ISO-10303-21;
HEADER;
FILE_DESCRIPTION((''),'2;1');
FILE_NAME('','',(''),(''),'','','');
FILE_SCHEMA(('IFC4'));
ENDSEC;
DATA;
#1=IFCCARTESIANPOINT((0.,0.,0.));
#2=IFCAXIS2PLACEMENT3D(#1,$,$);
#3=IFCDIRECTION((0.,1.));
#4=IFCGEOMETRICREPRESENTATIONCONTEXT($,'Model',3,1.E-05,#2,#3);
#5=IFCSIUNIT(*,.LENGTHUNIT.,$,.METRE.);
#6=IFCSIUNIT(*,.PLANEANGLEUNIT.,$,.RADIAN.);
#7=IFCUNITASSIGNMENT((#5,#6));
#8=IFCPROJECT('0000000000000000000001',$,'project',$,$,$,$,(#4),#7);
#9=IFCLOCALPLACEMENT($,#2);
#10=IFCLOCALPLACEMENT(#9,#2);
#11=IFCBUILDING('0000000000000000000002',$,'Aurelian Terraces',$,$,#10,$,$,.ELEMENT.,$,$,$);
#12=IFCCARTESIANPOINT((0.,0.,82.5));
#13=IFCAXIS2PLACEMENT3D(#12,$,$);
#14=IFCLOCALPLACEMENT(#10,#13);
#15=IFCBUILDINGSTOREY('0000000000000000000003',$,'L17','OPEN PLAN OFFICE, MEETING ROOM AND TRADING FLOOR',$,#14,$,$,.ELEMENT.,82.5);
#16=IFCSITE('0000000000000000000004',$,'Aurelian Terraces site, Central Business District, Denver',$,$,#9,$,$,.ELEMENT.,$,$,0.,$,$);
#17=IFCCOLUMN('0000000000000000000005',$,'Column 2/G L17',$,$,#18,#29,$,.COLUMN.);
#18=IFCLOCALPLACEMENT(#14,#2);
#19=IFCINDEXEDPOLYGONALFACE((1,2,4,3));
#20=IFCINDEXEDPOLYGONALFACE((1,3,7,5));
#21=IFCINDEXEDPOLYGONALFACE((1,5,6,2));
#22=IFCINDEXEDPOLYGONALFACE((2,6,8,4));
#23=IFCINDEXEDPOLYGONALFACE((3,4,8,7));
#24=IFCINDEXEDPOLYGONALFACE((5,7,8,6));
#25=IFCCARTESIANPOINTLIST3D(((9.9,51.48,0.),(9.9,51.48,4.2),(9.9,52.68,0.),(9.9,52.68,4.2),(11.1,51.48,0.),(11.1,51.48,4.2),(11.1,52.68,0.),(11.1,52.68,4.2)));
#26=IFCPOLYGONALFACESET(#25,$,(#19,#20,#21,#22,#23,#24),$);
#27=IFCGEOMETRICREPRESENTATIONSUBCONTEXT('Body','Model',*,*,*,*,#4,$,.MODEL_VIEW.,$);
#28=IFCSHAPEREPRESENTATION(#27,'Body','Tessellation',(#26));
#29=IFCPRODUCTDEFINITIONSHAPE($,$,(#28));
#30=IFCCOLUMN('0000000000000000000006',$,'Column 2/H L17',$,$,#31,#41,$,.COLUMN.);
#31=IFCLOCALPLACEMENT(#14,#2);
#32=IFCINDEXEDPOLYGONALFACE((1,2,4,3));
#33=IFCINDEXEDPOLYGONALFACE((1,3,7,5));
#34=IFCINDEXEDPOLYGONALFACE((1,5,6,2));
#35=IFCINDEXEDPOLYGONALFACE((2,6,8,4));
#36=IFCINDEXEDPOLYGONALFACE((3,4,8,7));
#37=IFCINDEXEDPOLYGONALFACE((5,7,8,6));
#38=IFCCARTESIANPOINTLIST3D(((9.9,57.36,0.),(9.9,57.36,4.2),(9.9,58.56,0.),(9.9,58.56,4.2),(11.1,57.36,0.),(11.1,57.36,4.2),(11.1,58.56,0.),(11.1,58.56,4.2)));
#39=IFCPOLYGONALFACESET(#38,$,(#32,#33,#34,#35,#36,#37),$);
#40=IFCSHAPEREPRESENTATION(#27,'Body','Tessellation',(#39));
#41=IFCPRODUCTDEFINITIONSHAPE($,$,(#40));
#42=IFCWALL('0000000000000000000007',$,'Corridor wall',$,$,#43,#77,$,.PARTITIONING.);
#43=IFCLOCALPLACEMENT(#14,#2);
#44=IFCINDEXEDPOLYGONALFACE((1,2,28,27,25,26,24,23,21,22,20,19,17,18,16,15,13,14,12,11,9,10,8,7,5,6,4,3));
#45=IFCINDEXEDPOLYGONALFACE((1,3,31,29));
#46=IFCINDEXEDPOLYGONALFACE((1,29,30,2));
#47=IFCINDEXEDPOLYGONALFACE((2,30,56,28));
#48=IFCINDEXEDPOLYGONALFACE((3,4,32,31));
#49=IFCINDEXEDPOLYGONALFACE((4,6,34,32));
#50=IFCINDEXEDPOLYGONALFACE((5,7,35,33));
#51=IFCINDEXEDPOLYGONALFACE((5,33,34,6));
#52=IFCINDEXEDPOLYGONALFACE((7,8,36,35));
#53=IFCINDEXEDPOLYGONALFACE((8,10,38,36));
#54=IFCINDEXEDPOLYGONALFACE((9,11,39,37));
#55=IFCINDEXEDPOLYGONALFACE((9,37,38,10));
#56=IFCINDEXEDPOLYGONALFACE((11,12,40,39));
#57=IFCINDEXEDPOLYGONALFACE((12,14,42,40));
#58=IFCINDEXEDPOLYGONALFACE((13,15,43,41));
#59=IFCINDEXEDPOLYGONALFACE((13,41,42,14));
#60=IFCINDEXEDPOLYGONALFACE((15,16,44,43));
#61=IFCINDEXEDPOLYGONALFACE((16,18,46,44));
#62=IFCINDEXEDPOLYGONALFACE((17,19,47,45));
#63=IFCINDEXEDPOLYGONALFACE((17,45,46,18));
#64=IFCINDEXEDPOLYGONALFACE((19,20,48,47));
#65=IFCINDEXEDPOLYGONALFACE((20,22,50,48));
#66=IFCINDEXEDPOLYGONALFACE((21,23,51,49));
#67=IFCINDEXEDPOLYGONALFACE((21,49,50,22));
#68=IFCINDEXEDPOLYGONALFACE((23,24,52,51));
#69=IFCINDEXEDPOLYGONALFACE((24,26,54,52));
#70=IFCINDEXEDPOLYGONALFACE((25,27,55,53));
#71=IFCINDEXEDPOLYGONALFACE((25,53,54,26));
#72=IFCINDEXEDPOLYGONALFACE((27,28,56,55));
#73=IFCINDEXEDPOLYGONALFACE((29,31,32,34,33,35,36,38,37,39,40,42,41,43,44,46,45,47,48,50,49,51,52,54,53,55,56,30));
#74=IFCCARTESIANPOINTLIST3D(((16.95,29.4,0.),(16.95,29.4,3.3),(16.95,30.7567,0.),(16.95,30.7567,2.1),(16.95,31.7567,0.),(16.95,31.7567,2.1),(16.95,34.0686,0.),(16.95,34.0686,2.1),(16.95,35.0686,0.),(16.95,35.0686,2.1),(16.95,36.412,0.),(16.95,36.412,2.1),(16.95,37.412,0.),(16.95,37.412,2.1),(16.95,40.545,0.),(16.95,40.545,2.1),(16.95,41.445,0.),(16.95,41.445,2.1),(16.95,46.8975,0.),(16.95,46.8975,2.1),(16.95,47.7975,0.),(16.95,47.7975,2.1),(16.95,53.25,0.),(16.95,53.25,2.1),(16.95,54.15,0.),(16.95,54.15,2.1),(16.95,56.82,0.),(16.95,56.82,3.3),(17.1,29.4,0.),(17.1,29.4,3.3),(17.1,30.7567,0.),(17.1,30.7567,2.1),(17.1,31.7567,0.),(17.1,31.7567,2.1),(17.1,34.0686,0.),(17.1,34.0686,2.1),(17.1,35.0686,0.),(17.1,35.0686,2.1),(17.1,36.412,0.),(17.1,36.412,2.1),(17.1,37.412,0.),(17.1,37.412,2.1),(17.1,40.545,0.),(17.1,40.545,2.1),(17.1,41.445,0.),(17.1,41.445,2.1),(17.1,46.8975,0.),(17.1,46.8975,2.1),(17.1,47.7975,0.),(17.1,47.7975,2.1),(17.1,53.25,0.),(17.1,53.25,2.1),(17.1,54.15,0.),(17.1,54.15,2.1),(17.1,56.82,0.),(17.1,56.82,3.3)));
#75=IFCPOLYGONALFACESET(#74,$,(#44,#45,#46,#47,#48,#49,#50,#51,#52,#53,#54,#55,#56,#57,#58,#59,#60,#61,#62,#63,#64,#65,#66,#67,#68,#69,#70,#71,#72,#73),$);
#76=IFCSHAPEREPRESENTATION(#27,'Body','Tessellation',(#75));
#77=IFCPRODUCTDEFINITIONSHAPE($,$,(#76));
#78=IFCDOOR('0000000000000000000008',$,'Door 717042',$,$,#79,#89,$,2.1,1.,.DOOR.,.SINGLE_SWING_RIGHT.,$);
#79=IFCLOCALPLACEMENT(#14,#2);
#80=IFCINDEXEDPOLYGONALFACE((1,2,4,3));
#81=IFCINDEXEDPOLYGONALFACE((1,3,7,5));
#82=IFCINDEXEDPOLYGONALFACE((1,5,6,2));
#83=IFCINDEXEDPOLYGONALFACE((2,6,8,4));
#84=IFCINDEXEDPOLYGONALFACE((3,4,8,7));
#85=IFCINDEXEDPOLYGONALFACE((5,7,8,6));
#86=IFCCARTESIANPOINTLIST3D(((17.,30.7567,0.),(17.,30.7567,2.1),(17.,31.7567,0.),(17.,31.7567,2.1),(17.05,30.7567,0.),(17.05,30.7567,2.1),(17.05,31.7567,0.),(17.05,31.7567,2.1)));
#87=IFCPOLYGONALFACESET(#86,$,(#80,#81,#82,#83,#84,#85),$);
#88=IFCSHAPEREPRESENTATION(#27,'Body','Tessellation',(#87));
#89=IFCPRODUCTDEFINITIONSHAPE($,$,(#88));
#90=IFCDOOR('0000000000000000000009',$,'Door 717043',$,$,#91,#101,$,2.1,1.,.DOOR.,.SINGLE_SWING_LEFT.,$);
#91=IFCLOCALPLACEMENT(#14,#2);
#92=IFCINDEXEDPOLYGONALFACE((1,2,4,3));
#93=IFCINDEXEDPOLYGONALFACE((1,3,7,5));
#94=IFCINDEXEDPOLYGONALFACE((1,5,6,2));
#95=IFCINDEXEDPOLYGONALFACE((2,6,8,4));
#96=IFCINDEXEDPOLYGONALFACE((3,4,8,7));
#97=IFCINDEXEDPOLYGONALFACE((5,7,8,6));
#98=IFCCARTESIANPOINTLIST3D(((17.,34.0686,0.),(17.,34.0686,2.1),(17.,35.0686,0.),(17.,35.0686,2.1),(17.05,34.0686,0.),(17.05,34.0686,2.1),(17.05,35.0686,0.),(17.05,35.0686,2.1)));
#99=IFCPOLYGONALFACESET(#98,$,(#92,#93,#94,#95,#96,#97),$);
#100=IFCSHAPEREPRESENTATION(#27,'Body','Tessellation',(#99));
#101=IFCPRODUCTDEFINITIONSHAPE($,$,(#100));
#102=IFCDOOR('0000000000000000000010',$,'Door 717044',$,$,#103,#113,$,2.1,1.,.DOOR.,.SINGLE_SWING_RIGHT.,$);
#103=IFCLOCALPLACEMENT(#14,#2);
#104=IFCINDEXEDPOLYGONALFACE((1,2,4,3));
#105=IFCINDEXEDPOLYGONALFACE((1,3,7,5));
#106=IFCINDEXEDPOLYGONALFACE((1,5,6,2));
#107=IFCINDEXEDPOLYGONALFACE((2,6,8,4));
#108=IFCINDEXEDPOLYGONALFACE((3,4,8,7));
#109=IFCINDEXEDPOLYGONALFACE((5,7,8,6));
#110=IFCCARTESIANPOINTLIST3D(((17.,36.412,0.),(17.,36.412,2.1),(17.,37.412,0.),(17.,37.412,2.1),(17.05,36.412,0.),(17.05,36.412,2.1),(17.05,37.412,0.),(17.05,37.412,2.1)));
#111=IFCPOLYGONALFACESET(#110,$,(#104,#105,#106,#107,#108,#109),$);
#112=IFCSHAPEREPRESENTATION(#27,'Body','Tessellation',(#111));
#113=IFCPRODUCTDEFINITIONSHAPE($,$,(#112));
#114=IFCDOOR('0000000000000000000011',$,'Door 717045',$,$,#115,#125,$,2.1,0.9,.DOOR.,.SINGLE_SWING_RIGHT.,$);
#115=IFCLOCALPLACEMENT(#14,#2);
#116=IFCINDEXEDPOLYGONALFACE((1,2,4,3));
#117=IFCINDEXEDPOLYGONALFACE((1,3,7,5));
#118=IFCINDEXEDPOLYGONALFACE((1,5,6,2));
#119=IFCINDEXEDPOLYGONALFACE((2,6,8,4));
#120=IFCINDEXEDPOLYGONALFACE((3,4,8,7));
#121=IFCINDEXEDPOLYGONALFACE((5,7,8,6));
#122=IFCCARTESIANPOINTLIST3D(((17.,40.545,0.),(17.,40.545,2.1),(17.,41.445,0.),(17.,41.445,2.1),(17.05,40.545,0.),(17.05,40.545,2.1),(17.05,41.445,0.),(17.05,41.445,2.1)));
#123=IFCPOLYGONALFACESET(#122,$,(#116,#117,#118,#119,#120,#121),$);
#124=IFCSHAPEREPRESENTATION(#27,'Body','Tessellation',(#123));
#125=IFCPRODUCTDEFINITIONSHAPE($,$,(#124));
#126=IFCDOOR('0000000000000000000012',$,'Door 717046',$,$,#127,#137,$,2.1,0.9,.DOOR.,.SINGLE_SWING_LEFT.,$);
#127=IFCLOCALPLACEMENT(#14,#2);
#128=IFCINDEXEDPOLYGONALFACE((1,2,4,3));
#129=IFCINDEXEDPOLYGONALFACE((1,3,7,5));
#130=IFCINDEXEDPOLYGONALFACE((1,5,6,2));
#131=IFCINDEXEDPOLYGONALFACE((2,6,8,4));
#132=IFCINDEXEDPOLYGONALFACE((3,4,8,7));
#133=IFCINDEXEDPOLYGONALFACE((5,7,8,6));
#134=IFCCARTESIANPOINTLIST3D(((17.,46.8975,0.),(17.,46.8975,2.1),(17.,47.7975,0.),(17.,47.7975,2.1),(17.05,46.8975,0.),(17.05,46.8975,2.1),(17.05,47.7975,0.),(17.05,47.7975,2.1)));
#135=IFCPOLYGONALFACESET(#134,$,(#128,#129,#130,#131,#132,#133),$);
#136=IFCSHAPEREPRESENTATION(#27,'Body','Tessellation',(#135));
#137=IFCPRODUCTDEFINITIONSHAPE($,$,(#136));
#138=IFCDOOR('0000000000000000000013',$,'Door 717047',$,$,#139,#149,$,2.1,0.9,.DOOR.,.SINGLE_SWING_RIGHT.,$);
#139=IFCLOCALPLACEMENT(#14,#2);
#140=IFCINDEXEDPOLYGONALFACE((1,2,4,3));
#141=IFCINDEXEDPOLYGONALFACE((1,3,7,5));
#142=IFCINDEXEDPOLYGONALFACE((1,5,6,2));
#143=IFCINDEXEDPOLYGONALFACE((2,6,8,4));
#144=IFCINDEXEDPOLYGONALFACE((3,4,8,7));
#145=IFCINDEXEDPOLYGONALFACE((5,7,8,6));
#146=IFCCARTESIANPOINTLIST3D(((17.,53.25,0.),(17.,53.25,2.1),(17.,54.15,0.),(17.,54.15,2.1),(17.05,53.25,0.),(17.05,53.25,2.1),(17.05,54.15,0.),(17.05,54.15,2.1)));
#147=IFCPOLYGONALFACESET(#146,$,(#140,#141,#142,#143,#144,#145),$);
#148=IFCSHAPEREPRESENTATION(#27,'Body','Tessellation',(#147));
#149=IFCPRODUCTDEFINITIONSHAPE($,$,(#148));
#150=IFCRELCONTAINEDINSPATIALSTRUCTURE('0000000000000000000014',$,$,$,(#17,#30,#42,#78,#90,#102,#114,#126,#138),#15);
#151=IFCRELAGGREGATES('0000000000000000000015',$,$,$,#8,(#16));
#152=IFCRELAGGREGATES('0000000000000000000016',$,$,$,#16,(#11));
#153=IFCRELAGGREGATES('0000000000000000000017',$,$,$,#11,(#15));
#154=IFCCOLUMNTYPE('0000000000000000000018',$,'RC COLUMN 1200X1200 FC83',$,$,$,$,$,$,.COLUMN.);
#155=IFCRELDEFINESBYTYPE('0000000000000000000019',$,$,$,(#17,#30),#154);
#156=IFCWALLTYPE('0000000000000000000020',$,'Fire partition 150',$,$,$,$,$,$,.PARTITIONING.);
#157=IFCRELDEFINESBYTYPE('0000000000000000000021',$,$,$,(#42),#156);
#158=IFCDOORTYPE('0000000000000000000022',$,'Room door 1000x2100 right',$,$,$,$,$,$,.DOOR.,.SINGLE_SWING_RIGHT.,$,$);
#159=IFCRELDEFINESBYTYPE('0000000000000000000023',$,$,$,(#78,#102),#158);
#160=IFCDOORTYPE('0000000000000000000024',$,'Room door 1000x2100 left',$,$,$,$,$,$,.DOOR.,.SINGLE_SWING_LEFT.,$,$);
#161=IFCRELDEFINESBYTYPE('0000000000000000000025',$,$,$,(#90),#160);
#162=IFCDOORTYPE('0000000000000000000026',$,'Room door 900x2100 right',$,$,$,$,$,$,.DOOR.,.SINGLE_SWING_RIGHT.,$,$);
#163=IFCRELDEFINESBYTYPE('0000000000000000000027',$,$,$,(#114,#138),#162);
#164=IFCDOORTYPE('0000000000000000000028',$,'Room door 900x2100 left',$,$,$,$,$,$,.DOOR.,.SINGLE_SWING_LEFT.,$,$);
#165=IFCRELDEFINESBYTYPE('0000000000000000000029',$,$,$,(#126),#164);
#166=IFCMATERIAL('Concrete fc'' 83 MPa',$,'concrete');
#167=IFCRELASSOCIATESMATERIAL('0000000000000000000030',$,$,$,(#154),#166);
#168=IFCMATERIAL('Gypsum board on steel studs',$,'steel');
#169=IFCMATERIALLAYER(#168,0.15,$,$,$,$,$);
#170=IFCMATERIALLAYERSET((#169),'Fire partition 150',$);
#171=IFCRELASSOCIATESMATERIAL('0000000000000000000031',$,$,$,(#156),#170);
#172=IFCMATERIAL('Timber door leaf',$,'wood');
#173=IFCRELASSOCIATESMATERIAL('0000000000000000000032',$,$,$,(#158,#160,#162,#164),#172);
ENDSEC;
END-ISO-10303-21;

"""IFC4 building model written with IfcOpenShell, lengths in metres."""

from ifc_helpers import new_model, si_unit, direction, frame, frame_2d, origin, origin_2d, place, context, subcontext, project, spatial, rectangle, extrude, source, transform, mapped, material, layer, layer_set, material_profile, profile_set, type_object, element, fill, save


model = new_model("IFC4")

# Units and contexts
model_context = context("Model", 3, precision=1e-05, world=origin(), true_north=direction((0.0, 1.0)))
body_context = subcontext(model_context, "Body", "Model", "MODEL_VIEW")
ifc_project = project(units=[si_unit("LENGTHUNIT", "METRE"), si_unit("PLANEANGLEUNIT", "RADIAN")], contexts=[model_context])

# Site, building, storey
site_placement = place(None, origin())
site = spatial("IfcSite", under=ifc_project, at=site_placement, Name="Aurelian Terraces site, Central Business District, Denver", CompositionType="ELEMENT", RefElevation=0.0)
building_placement = place(site_placement, origin())
building = spatial("IfcBuilding", under=site, at=building_placement, Name="Aurelian Terraces", CompositionType="ELEMENT")
storey_placement = place(building_placement, frame((0.0, 0.0, 82.5)))
storey = spatial("IfcBuildingStorey", under=building, at=storey_placement, Name="L17", Description="OPEN PLAN OFFICE, MEETING ROOM AND TRADING FLOOR", CompositionType="ELEMENT", Elevation=82.5)

# Columns
ifc_material_1 = material(Name="Concrete fc' 83 MPa", Category="concrete")
ifc_material_profile = material_profile(ifc_material_1, rectangle(XDim=1.2, YDim=1.2, at=origin_2d()))
ifc_profile_set = profile_set([ifc_material_profile], Name="Concrete fc' 83 MPa")
column_type = type_object("IfcColumnType", Name="RC COLUMN 1200X1200 FC83", PredefinedType="COLUMN", material=ifc_profile_set)
shared_shape_1 = source(origin(), body_context, "Body", "SweptSolid", [
    extrude(rectangle(XDim=1.2, YDim=1.2, at=origin_2d()), origin(), (0.0, 0.0, 1.0), 4.2),
])
for number, where, z_axis, x_axis, name in (
    (1, (10.5, 52.08, 0.0), (0.0, 0.0, 1.0), (1.0, 0.0, 0.0), "Column 2/G L17"),
    (2, (10.5, 57.96, 0.0), (0.0, 0.0, 1.0), (1.0, 0.0, 0.0), "Column 2/H L17"),
):
    element("IfcColumn", number, at=place(storey_placement, frame(where, z_axis=z_axis, x_axis=x_axis)), inside=storey, type_object=column_type, Name=name, PredefinedType="COLUMN", context=body_context, shape_type="MappedRepresentation", body=[
        mapped(shared_shape_1, transform((0.0, 0.0, 0.0), scale=1.0)),
    ])

# Wall, openings, doors
ifc_material_2 = material(Name="Gypsum board on steel studs", Category="steel")
ifc_layer_1 = layer(ifc_material_2, 0.15)
ifc_layer_set_1 = layer_set([ifc_layer_1], Name="Fire partition 150")
wall_type_1 = type_object("IfcWallType", Name="Fire partition 150", PredefinedType="PARTITIONING", material=ifc_layer_set_1)
wall_1_placement = place(storey_placement, frame((17.025, 56.82, 0.0), z_axis=(0.0, 0.0, 1.0), x_axis=(0.0, -1.0, 0.0)))
wall_1 = element("IfcWall", 3, at=wall_1_placement, inside=storey, type_object=wall_type_1, Name="Corridor wall", PredefinedType="PARTITIONING", context=body_context, shape_type="SweptSolid", body=[
    extrude(rectangle(XDim=27.42, YDim=0.15, at=frame_2d((13.71, 0.0))), origin(), (0.0, 0.0, 1.0), 3.3),
])
shared_shape_2 = source(origin(), body_context, "Body", "SweptSolid", [
    extrude(rectangle(XDim=1.0, YDim=2.1, at=frame_2d((0.5, 1.05))), frame((0.0, 0.085, 0.0), z_axis=(0.0, -1.0, 0.0), x_axis=(1.0, 0.0, 0.0)), (0.0, 0.0, 1.0), 0.17),
])
opening_1_placement = place(wall_1_placement, frame((25.0633, 0.0, 0.0)))
opening_1 = element("IfcOpeningElement", 4, at=opening_1_placement, cuts=wall_1, PredefinedType="OPENING", context=body_context, shape_type="MappedRepresentation", body=[
    mapped(shared_shape_2, transform((0.0, 0.0, 0.0), scale=1.0)),
])
opening_2_placement = place(wall_1_placement, frame((21.7514, 0.0, 0.0)))
opening_2 = element("IfcOpeningElement", 5, at=opening_2_placement, cuts=wall_1, PredefinedType="OPENING", context=body_context, shape_type="MappedRepresentation", body=[
    mapped(shared_shape_2, transform((0.0, 0.0, 0.0), scale=1.0)),
])
opening_3_placement = place(wall_1_placement, frame((19.408, 0.0, 0.0)))
opening_3 = element("IfcOpeningElement", 6, at=opening_3_placement, cuts=wall_1, PredefinedType="OPENING", context=body_context, shape_type="MappedRepresentation", body=[
    mapped(shared_shape_2, transform((0.0, 0.0, 0.0), scale=1.0)),
])
shared_shape_3 = source(origin(), body_context, "Body", "SweptSolid", [
    extrude(rectangle(XDim=0.9, YDim=2.1, at=frame_2d((0.45, 1.05))), frame((0.0, 0.085, 0.0), z_axis=(0.0, -1.0, 0.0), x_axis=(1.0, 0.0, 0.0)), (0.0, 0.0, 1.0), 0.17),
])
opening_4_placement = place(wall_1_placement, frame((15.375, 0.0, 0.0)))
opening_4 = element("IfcOpeningElement", 7, at=opening_4_placement, cuts=wall_1, PredefinedType="OPENING", context=body_context, shape_type="MappedRepresentation", body=[
    mapped(shared_shape_3, transform((0.0, 0.0, 0.0), scale=1.0)),
])
opening_5_placement = place(wall_1_placement, frame((9.0225, 0.0, 0.0)))
opening_5 = element("IfcOpeningElement", 8, at=opening_5_placement, cuts=wall_1, PredefinedType="OPENING", context=body_context, shape_type="MappedRepresentation", body=[
    mapped(shared_shape_3, transform((0.0, 0.0, 0.0), scale=1.0)),
])
opening_6_placement = place(wall_1_placement, frame((2.67, 0.0, 0.0)))
opening_6 = element("IfcOpeningElement", 9, at=opening_6_placement, cuts=wall_1, PredefinedType="OPENING", context=body_context, shape_type="MappedRepresentation", body=[
    mapped(shared_shape_3, transform((0.0, 0.0, 0.0), scale=1.0)),
])
ifc_material_3 = material(Name="Timber door leaf", Category="wood")
door_type_1 = type_object("IfcDoorType", Name="Room door 1000x2100 right", OperationType="SINGLE_SWING_RIGHT", PredefinedType="DOOR", material=ifc_material_3)
shared_shape_4 = source(origin(), body_context, "Body", "SweptSolid", [
    extrude(rectangle(XDim=1.0, YDim=2.1, at=frame_2d((0.5, 1.05))), frame((0.0, 0.025, 0.0), z_axis=(0.0, -1.0, 0.0), x_axis=(1.0, 0.0, 0.0)), (0.0, 0.0, 1.0), 0.05),
])
door_1_placement = place(opening_1_placement, origin())
door_1 = element("IfcDoor", 10, at=door_1_placement, inside=storey, type_object=door_type_1, Name="Door 717042", OperationType="SINGLE_SWING_RIGHT", OverallHeight=2.1, OverallWidth=1.0, PredefinedType="DOOR", context=body_context, shape_type="MappedRepresentation", body=[
    mapped(shared_shape_4, transform((0.0, 0.0, 0.0), scale=1.0)),
])
fill(opening_1, door_1)
door_type_2 = type_object("IfcDoorType", Name="Room door 1000x2100 left", OperationType="SINGLE_SWING_LEFT", PredefinedType="DOOR", material=ifc_material_3)
door_2_placement = place(opening_2_placement, origin())
door_2 = element("IfcDoor", 11, at=door_2_placement, inside=storey, type_object=door_type_2, Name="Door 717043", OperationType="SINGLE_SWING_LEFT", OverallHeight=2.1, OverallWidth=1.0, PredefinedType="DOOR", context=body_context, shape_type="MappedRepresentation", body=[
    mapped(shared_shape_4, transform((0.0, 0.0, 0.0), scale=1.0)),
])
fill(opening_2, door_2)
door_3_placement = place(opening_3_placement, origin())
door_3 = element("IfcDoor", 12, at=door_3_placement, inside=storey, type_object=door_type_1, Name="Door 717044", OperationType="SINGLE_SWING_RIGHT", OverallHeight=2.1, OverallWidth=1.0, PredefinedType="DOOR", context=body_context, shape_type="MappedRepresentation", body=[
    mapped(shared_shape_4, transform((0.0, 0.0, 0.0), scale=1.0)),
])
fill(opening_3, door_3)
door_type_3 = type_object("IfcDoorType", Name="Room door 900x2100 right", OperationType="SINGLE_SWING_RIGHT", PredefinedType="DOOR", material=ifc_material_3)
shared_shape_5 = source(origin(), body_context, "Body", "SweptSolid", [
    extrude(rectangle(XDim=0.9, YDim=2.1, at=frame_2d((0.45, 1.05))), frame((0.0, 0.025, 0.0), z_axis=(0.0, -1.0, 0.0), x_axis=(1.0, 0.0, 0.0)), (0.0, 0.0, 1.0), 0.05),
])
door_4_placement = place(opening_4_placement, origin())
door_4 = element("IfcDoor", 13, at=door_4_placement, inside=storey, type_object=door_type_3, Name="Door 717045", OperationType="SINGLE_SWING_RIGHT", OverallHeight=2.1, OverallWidth=0.9, PredefinedType="DOOR", context=body_context, shape_type="MappedRepresentation", body=[
    mapped(shared_shape_5, transform((0.0, 0.0, 0.0), scale=1.0)),
])
fill(opening_4, door_4)
door_type_4 = type_object("IfcDoorType", Name="Room door 900x2100 left", OperationType="SINGLE_SWING_LEFT", PredefinedType="DOOR", material=ifc_material_3)
door_5_placement = place(opening_5_placement, origin())
door_5 = element("IfcDoor", 14, at=door_5_placement, inside=storey, type_object=door_type_4, Name="Door 717046", OperationType="SINGLE_SWING_LEFT", OverallHeight=2.1, OverallWidth=0.9, PredefinedType="DOOR", context=body_context, shape_type="MappedRepresentation", body=[
    mapped(shared_shape_5, transform((0.0, 0.0, 0.0), scale=1.0)),
])
fill(opening_5, door_5)
door_6_placement = place(opening_6_placement, origin())
door_6 = element("IfcDoor", 15, at=door_6_placement, inside=storey, type_object=door_type_3, Name="Door 717047", OperationType="SINGLE_SWING_RIGHT", OverallHeight=2.1, OverallWidth=0.9, PredefinedType="DOOR", context=body_context, shape_type="MappedRepresentation", body=[
    mapped(shared_shape_5, transform((0.0, 0.0, 0.0), scale=1.0)),
])
fill(opening_6, door_6)

save(model, "model.ifc")
